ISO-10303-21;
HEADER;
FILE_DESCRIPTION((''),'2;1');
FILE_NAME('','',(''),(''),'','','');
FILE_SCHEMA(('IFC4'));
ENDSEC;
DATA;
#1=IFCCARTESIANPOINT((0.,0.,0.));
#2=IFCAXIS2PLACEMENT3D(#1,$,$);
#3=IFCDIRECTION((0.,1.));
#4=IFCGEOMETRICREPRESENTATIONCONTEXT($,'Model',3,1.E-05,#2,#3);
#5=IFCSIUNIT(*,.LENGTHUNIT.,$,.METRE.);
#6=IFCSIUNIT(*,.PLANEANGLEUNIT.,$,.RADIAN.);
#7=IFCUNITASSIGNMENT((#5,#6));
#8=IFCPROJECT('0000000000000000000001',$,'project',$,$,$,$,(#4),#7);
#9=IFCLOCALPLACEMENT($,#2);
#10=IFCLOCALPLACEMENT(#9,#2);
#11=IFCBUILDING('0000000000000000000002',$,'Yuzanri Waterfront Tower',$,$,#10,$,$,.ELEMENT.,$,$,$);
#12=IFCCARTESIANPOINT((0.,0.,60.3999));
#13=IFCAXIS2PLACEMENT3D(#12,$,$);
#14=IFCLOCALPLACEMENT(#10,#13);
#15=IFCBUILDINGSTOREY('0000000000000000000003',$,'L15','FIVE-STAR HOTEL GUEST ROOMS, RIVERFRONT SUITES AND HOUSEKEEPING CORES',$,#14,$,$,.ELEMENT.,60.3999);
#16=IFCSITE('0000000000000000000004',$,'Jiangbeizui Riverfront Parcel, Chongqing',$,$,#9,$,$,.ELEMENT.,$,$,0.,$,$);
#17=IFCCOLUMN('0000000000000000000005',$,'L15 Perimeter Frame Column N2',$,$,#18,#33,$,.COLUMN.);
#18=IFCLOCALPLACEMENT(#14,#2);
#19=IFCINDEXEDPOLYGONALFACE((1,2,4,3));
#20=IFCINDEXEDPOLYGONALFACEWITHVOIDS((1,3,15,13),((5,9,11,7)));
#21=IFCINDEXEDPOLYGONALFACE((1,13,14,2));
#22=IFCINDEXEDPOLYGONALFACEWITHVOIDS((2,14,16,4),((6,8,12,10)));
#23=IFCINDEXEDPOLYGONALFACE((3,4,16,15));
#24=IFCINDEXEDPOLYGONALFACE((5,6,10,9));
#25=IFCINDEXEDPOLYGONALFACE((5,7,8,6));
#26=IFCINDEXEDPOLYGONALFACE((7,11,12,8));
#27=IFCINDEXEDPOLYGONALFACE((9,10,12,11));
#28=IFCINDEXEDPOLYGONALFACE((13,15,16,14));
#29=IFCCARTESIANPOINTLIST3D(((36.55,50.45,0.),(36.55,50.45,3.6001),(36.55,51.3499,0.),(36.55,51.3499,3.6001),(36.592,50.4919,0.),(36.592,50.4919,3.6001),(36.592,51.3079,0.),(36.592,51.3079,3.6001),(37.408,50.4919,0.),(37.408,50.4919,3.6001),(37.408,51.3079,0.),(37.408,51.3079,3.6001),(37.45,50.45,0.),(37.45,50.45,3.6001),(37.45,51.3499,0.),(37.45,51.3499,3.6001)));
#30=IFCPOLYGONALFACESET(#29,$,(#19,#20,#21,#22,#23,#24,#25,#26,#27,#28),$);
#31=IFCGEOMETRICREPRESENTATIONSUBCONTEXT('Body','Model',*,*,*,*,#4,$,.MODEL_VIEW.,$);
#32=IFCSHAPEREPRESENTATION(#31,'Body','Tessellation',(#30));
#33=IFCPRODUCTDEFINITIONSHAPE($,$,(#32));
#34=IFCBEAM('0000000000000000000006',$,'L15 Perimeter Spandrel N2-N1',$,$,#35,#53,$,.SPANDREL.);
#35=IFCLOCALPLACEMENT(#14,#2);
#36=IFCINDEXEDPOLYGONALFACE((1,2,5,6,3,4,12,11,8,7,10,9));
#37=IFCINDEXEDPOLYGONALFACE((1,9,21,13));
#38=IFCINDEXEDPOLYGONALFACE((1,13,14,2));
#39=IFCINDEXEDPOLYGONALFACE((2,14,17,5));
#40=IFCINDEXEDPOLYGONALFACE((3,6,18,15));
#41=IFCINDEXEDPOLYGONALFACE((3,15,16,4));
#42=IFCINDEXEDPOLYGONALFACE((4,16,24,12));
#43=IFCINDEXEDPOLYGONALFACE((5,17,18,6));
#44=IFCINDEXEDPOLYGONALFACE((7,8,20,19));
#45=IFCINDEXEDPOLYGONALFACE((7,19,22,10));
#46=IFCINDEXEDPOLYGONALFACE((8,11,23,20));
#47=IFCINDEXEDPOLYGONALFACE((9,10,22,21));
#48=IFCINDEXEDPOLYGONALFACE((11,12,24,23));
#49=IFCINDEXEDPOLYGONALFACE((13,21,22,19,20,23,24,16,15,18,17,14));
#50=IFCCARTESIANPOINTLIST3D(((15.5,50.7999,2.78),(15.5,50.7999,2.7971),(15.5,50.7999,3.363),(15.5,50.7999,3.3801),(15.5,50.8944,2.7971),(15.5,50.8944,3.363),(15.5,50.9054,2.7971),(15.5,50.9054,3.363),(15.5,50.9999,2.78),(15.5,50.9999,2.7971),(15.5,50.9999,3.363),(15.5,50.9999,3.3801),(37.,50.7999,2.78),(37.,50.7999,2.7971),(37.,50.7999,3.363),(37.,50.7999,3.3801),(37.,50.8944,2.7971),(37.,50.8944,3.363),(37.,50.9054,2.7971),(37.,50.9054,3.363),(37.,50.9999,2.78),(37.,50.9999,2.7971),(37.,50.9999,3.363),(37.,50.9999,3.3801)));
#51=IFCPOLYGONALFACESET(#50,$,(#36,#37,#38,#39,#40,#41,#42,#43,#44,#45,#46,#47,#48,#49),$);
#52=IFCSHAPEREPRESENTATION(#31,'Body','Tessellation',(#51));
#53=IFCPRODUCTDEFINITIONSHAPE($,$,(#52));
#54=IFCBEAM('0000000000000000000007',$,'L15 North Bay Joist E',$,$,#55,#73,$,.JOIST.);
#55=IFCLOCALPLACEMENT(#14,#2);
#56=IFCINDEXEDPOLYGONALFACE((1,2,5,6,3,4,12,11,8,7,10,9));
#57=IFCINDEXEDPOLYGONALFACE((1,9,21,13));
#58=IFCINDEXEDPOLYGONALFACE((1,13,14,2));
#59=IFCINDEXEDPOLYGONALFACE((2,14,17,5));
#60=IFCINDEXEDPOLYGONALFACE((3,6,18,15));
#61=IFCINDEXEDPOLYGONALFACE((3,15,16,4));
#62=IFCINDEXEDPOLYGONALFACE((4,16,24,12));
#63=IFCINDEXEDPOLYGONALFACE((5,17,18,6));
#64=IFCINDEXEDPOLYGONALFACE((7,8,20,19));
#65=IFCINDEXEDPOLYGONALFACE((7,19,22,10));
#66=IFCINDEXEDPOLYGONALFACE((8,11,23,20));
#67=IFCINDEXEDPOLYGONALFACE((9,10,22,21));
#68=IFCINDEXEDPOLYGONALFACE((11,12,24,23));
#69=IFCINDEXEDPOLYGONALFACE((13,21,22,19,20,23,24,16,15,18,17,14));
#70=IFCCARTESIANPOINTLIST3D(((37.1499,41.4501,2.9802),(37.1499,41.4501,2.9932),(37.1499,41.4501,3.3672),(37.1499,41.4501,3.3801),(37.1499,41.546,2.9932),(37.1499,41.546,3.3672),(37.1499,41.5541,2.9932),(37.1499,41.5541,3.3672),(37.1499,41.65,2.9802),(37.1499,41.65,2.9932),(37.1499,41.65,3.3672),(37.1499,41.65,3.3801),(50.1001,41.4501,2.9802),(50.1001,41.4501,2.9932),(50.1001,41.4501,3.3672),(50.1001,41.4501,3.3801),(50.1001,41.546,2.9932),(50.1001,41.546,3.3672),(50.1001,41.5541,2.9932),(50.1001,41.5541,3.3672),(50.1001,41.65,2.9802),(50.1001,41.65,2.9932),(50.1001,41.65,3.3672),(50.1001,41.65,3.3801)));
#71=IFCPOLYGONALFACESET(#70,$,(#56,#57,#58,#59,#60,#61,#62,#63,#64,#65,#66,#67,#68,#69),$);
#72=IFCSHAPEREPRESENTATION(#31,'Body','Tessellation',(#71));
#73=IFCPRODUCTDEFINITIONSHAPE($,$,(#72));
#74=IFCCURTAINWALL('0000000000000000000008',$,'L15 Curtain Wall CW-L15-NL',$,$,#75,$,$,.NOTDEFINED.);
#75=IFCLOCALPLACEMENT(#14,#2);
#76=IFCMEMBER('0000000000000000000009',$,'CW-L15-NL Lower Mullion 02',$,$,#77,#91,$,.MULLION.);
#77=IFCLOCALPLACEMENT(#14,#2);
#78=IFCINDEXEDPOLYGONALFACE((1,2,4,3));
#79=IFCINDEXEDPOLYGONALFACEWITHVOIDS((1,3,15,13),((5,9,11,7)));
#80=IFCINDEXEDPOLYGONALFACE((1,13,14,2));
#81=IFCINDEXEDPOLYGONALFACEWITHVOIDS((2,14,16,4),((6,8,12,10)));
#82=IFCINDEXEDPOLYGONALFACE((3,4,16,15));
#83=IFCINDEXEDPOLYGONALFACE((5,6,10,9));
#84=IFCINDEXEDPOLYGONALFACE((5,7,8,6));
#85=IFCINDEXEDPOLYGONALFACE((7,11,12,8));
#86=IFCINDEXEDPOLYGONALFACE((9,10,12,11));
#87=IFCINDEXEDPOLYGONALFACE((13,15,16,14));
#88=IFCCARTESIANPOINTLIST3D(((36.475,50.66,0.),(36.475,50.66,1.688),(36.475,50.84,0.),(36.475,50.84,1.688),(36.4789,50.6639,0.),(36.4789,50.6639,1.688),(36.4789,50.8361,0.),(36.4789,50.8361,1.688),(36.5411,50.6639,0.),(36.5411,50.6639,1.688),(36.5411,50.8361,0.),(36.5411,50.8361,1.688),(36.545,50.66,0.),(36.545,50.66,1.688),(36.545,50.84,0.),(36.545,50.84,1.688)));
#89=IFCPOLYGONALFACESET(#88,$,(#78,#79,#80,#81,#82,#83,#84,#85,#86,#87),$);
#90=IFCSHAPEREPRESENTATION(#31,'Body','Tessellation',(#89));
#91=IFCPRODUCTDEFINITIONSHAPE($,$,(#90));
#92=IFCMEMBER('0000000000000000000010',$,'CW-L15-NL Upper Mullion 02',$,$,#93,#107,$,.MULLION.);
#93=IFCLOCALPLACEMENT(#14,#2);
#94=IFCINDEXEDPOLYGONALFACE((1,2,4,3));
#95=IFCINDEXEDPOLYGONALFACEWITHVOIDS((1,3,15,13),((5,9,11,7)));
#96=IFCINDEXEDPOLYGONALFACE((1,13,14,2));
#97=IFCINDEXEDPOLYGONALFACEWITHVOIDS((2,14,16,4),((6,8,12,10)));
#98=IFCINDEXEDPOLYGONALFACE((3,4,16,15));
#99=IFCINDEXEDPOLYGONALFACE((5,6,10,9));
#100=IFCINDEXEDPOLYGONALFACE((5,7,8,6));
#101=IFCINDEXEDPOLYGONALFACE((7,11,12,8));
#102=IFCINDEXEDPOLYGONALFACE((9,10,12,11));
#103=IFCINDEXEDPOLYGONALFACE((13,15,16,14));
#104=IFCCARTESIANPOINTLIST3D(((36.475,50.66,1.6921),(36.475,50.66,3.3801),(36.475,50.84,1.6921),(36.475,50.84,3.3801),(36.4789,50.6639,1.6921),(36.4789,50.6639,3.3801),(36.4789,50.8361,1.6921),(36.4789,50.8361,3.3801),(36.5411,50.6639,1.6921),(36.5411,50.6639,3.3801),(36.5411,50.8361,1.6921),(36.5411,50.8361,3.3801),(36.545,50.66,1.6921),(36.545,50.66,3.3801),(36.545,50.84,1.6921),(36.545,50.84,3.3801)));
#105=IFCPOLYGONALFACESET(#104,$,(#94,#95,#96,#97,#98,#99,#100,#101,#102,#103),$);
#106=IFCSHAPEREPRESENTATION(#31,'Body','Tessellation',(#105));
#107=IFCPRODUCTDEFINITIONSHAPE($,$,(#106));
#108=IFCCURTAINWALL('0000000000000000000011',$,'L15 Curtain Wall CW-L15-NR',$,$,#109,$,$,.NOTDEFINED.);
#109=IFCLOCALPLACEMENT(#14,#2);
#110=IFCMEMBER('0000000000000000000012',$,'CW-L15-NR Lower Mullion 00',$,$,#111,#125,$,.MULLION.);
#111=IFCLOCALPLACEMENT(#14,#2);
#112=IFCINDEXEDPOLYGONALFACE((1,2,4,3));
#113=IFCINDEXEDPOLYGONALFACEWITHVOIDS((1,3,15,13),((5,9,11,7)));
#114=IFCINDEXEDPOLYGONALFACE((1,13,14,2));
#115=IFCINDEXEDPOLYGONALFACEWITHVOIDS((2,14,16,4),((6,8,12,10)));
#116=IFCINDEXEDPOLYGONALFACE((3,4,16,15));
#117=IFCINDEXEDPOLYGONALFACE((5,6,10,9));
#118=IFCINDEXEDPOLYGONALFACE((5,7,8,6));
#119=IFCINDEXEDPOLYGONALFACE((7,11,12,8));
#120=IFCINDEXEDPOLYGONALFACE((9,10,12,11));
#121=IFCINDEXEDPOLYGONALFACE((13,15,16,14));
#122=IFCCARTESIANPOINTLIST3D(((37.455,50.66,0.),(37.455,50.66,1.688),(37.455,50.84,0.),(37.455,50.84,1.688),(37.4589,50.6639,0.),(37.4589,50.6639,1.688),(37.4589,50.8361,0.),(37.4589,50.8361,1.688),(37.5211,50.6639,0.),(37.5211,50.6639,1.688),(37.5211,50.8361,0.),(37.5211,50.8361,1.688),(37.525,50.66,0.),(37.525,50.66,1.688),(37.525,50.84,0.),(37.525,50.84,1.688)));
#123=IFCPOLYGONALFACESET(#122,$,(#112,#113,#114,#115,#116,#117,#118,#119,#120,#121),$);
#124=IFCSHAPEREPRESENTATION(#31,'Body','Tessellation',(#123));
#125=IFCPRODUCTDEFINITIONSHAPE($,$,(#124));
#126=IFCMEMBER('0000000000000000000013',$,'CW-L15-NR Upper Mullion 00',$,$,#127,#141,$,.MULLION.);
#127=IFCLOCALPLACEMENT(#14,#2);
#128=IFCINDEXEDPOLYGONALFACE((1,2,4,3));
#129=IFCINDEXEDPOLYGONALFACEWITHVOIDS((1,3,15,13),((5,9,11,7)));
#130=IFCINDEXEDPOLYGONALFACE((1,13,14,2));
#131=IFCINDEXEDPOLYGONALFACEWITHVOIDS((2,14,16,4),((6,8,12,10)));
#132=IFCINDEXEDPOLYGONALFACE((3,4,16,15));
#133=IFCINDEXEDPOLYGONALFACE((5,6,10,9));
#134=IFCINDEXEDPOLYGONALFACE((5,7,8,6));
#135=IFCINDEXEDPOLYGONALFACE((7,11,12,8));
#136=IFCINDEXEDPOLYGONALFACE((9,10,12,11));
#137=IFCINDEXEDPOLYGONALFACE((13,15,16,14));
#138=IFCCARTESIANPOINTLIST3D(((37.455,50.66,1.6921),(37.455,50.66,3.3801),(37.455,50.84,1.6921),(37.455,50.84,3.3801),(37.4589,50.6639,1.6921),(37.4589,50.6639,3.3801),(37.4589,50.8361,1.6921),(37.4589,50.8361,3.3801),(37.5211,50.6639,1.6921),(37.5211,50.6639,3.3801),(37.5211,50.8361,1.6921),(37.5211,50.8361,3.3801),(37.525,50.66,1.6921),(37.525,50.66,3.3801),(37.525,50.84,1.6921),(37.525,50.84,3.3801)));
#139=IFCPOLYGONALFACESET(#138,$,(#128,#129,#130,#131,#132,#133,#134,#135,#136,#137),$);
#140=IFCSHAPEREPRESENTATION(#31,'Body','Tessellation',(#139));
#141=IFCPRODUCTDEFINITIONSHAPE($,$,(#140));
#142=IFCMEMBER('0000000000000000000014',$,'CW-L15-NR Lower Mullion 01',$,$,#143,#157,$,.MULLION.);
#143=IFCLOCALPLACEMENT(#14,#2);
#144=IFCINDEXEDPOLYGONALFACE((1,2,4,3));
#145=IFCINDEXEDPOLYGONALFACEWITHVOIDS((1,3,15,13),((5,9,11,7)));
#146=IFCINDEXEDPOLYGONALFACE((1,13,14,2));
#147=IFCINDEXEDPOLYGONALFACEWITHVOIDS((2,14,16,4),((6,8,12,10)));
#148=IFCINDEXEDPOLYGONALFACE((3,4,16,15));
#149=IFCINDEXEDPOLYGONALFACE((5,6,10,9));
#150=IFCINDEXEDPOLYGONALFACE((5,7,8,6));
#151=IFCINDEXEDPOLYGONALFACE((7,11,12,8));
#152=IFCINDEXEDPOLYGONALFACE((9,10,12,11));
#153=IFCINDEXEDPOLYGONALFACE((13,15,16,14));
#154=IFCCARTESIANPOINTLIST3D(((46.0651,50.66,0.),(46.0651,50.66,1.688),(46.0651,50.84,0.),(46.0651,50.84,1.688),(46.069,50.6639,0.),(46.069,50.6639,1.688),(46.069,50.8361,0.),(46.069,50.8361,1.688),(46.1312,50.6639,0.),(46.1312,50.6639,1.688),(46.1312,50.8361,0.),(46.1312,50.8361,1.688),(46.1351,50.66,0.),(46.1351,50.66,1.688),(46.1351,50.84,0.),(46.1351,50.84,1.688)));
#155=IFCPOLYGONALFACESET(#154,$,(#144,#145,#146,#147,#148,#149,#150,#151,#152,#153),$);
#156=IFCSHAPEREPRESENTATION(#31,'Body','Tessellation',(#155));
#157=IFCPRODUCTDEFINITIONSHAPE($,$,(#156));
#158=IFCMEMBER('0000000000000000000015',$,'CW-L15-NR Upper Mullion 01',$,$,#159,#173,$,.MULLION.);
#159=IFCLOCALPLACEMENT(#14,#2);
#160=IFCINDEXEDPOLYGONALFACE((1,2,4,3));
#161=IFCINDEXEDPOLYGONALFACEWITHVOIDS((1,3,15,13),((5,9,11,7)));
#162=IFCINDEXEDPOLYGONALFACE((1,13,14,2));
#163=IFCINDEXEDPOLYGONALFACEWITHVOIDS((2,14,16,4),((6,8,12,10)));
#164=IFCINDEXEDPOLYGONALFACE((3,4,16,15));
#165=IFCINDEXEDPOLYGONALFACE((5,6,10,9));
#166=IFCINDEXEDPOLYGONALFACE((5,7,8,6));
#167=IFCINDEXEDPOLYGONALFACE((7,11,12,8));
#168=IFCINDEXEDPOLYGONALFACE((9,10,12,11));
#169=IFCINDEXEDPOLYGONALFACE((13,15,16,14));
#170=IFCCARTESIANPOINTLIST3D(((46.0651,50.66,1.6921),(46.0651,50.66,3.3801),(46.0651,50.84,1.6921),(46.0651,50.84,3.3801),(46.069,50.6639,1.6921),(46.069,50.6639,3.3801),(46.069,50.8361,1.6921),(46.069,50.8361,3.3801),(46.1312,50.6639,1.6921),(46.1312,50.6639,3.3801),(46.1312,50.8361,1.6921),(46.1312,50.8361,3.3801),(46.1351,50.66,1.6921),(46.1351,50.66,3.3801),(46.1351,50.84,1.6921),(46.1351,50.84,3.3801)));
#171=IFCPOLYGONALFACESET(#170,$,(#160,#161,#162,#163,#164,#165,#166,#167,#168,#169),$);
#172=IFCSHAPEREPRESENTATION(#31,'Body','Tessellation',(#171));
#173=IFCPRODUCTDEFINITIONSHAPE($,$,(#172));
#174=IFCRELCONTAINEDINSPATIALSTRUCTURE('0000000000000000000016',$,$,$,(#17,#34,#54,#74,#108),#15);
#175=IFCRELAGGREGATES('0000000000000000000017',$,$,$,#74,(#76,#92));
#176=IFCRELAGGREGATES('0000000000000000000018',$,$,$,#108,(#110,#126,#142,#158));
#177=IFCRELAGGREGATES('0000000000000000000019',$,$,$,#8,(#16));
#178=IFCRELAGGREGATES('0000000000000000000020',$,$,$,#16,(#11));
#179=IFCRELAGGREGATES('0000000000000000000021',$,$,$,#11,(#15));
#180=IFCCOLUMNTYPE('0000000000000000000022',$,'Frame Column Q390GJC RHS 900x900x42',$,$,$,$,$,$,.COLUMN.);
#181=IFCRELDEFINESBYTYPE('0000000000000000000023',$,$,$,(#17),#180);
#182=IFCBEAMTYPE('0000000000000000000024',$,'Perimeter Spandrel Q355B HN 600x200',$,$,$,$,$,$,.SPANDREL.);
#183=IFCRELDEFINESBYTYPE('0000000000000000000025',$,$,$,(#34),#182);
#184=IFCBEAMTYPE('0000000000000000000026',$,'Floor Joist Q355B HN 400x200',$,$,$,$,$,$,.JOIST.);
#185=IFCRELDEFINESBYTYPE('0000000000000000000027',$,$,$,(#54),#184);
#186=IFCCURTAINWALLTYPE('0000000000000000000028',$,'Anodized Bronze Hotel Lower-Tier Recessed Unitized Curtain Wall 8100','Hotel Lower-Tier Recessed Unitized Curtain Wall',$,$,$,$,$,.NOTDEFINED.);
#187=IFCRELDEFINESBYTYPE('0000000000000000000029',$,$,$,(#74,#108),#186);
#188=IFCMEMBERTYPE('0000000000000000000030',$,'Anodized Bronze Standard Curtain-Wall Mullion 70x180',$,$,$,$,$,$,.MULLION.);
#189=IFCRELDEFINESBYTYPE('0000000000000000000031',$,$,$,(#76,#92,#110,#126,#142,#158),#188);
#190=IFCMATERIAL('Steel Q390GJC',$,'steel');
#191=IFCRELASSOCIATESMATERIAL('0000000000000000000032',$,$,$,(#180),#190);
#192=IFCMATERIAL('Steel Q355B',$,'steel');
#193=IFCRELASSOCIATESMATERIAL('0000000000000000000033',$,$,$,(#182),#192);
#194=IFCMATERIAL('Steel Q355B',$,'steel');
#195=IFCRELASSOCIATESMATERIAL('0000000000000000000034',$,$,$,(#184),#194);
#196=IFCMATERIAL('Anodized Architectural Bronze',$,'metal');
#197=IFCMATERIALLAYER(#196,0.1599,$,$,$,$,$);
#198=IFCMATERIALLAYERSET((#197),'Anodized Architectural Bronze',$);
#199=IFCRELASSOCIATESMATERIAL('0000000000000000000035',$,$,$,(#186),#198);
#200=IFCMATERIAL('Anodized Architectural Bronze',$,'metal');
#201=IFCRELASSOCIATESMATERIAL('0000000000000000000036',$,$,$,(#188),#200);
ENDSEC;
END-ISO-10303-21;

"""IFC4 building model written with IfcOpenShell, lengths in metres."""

from ifc_helpers import new_model, si_unit, direction, frame, origin, origin_2d, place, context, subcontext, project, spatial, hollow_rectangle, i_section, extrude, source, transform, mapped, material, layer, layer_set, material_profile, profile_set, type_object, element, aggregate, save


model = new_model("IFC4")

# Units and contexts
model_context = context("Model", 3, precision=1e-05, world=origin(), true_north=direction((0.0, 1.0)))
body_context = subcontext(model_context, "Body", "Model", "MODEL_VIEW")
ifc_project = project(units=[si_unit("LENGTHUNIT", "METRE"), si_unit("PLANEANGLEUNIT", "RADIAN")], contexts=[model_context])

# Site, building, storey
site_placement = place(None, origin())
site = spatial("IfcSite", under=ifc_project, at=site_placement, Name="Jiangbeizui Riverfront Parcel, Chongqing", CompositionType="ELEMENT", RefElevation=0.0)
building_placement = place(site_placement, origin())
building = spatial("IfcBuilding", under=site, at=building_placement, Name="Yuzanri Waterfront Tower", CompositionType="ELEMENT")
storey_placement = place(building_placement, frame((0.0, 0.0, 60.3999)))
storey = spatial("IfcBuildingStorey", under=building, at=storey_placement, Name="L15", Description="FIVE-STAR HOTEL GUEST ROOMS, RIVERFRONT SUITES AND HOUSEKEEPING CORES", CompositionType="ELEMENT", Elevation=60.3999)

# Column
ifc_material_1 = material(Name="Steel Q390GJC", Category="steel")
ifc_material_profile_1 = material_profile(ifc_material_1, hollow_rectangle(XDim=0.8999, YDim=0.8999, WallThickness=0.042, at=origin_2d()), Name="RHS 900x900x42")
ifc_profile_set_1 = profile_set([ifc_material_profile_1], Name="Steel Q390GJC")
column_type = type_object("IfcColumnType", Name="Frame Column Q390GJC RHS 900x900x42", PredefinedType="COLUMN", material=ifc_profile_set_1)
shared_shape_1 = source(origin(), body_context, "Body", "SweptSolid", [
    extrude(hollow_rectangle(XDim=0.8999, YDim=0.8999, WallThickness=0.042, at=origin_2d()), origin(), (0.0, 0.0, 1.0), 3.6001),
])
column_placement = place(storey_placement, frame((37.0, 50.8999, 0.0), z_axis=(0.0, 0.0, 1.0), x_axis=(1.0, 0.0, 0.0)))
element("IfcColumn", 1, at=column_placement, inside=storey, type_object=column_type, Name="L15 Perimeter Frame Column N2", PredefinedType="COLUMN", context=body_context, shape_type="MappedRepresentation", body=[
    mapped(shared_shape_1, transform((0.0, 0.0, 0.0), scale=1.0)),
])

# Beams
ifc_material_2 = material(Name="Steel Q355B", Category="steel")
ifc_material_profile_2 = material_profile(ifc_material_2, i_section(OverallWidth=0.2, OverallDepth=0.6001, WebThickness=0.011, FlangeThickness=0.0171, at=origin_2d()), Name="HN 600x200x11x17")
ifc_profile_set_2 = profile_set([ifc_material_profile_2], Name="Steel Q355B")
beam_type_1 = type_object("IfcBeamType", Name="Perimeter Spandrel Q355B HN 600x200", PredefinedType="SPANDREL", material=ifc_profile_set_2)
shared_shape_2 = source(origin(), body_context, "Body", "SweptSolid", [
    extrude(i_section(OverallWidth=0.2, OverallDepth=0.6001, WebThickness=0.011, FlangeThickness=0.0171, at=origin_2d()), origin(), (0.0, 0.0, 1.0), 21.5),
])
beam_1_placement = place(storey_placement, frame((37.0, 50.8999, 3.0801), z_axis=(-1.0, 0.0, 0.0), x_axis=(0.0, -1.0, 0.0)))
element("IfcBeam", 2, at=beam_1_placement, inside=storey, type_object=beam_type_1, Name="L15 Perimeter Spandrel N2-N1", PredefinedType="SPANDREL", context=body_context, shape_type="MappedRepresentation", body=[
    mapped(shared_shape_2, transform((0.0, 0.0, 0.0), scale=1.0)),
])
ifc_material_3 = material(Name="Steel Q355B", Category="steel")
ifc_material_profile_3 = material_profile(ifc_material_3, i_section(OverallWidth=0.2, OverallDepth=0.3999, WebThickness=0.0081, FlangeThickness=0.0129, at=origin_2d()), Name="HN 400x200x8x13")
ifc_profile_set_3 = profile_set([ifc_material_profile_3], Name="Steel Q355B")
beam_type_2 = type_object("IfcBeamType", Name="Floor Joist Q355B HN 400x200", PredefinedType="JOIST", material=ifc_profile_set_3)
shared_shape_3 = source(origin(), body_context, "Body", "SweptSolid", [
    extrude(i_section(OverallWidth=0.2, OverallDepth=0.3999, WebThickness=0.0081, FlangeThickness=0.0129, at=origin_2d()), origin(), (0.0, 0.0, 1.0), 12.9502),
])
beam_2_placement = place(storey_placement, frame((37.1499, 41.55, 3.1802), z_axis=(1.0, 0.0, 0.0), x_axis=(0.0, 1.0, 0.0)))
element("IfcBeam", 3, at=beam_2_placement, inside=storey, type_object=beam_type_2, Name="L15 North Bay Joist E", PredefinedType="JOIST", context=body_context, shape_type="MappedRepresentation", body=[
    mapped(shared_shape_3, transform((0.0, 0.0, 0.0), scale=1.0)),
])

# Curtain wall, members
ifc_material_4 = material(Name="Anodized Architectural Bronze", Category="metal")
ifc_layer_1 = layer(ifc_material_4, 0.1599)
ifc_layer_set_1 = layer_set([ifc_layer_1], Name="Anodized Architectural Bronze")
curtain_wall_type = type_object("IfcCurtainWallType", Name="Anodized Bronze Hotel Lower-Tier Recessed Unitized Curtain Wall 8100", Description="Hotel Lower-Tier Recessed Unitized Curtain Wall", PredefinedType="NOTDEFINED", material=ifc_layer_set_1)
curtain_wall_1_placement = place(storey_placement, origin())
curtain_wall_1 = element("IfcCurtainWall", 4, at=curtain_wall_1_placement, inside=storey, type_object=curtain_wall_type, Name="L15 Curtain Wall CW-L15-NL", PredefinedType="NOTDEFINED")
ifc_material_5 = material(Name="Anodized Architectural Bronze", Category="metal")
ifc_material_profile_4 = material_profile(ifc_material_5, hollow_rectangle(XDim=0.0701, YDim=0.1799, WallThickness=0.0039, at=origin_2d()), Name="CWM 70x180")
ifc_profile_set_4 = profile_set([ifc_material_profile_4], Name="Anodized Architectural Bronze")
member_type_1 = type_object("IfcMemberType", Name="Anodized Bronze Standard Curtain-Wall Mullion 70x180", PredefinedType="MULLION", material=ifc_profile_set_4)
shared_shape_4 = source(origin(), body_context, "Body", "SweptSolid", [
    extrude(hollow_rectangle(XDim=0.0701, YDim=0.1799, WallThickness=0.0039, at=origin_2d()), origin(), (0.0, 0.0, 1.0), 1.688),
])
member_1_placement = place(storey_placement, frame((36.51, 50.75, 0.0), z_axis=(0.0, 0.0, 1.0), x_axis=(1.0, 0.0, 0.0)))
member_1 = element("IfcMember", 5, at=member_1_placement, type_object=member_type_1, Name="CW-L15-NL Lower Mullion 02", PredefinedType="MULLION", context=body_context, shape_type="MappedRepresentation", body=[
    mapped(shared_shape_4, transform((0.0, 0.0, 0.0), scale=1.0)),
])
member_2_placement = place(storey_placement, frame((36.51, 50.75, 1.6921), z_axis=(0.0, 0.0, 1.0), x_axis=(1.0, 0.0, 0.0)))
member_2 = element("IfcMember", 6, at=member_2_placement, type_object=member_type_1, Name="CW-L15-NL Upper Mullion 02", PredefinedType="MULLION", context=body_context, shape_type="MappedRepresentation", body=[
    mapped(shared_shape_4, transform((0.0, 0.0, 0.0), scale=1.0)),
])
aggregate(curtain_wall_1, [member_1, member_2])

# Curtain wall, members
curtain_wall_2_placement = place(storey_placement, origin())
curtain_wall_2 = element("IfcCurtainWall", 7, at=curtain_wall_2_placement, inside=storey, type_object=curtain_wall_type, Name="L15 Curtain Wall CW-L15-NR", PredefinedType="NOTDEFINED")
member_3_placement = place(storey_placement, frame((37.49, 50.75, 0.0), z_axis=(0.0, 0.0, 1.0), x_axis=(1.0, 0.0, 0.0)))
member_3 = element("IfcMember", 8, at=member_3_placement, type_object=member_type_1, Name="CW-L15-NR Lower Mullion 00", PredefinedType="MULLION", context=body_context, shape_type="MappedRepresentation", body=[
    mapped(shared_shape_4, transform((0.0, 0.0, 0.0), scale=1.0)),
])
member_4_placement = place(storey_placement, frame((37.49, 50.75, 1.6921), z_axis=(0.0, 0.0, 1.0), x_axis=(1.0, 0.0, 0.0)))
member_4 = element("IfcMember", 9, at=member_4_placement, type_object=member_type_1, Name="CW-L15-NR Upper Mullion 00", PredefinedType="MULLION", context=body_context, shape_type="MappedRepresentation", body=[
    mapped(shared_shape_4, transform((0.0, 0.0, 0.0), scale=1.0)),
])
member_5_placement = place(storey_placement, frame((46.1001, 50.75, 0.0), z_axis=(0.0, 0.0, 1.0), x_axis=(1.0, 0.0, 0.0)))
member_5 = element("IfcMember", 10, at=member_5_placement, type_object=member_type_1, Name="CW-L15-NR Lower Mullion 01", PredefinedType="MULLION", context=body_context, shape_type="MappedRepresentation", body=[
    mapped(shared_shape_4, transform((0.0, 0.0, 0.0), scale=1.0)),
])
member_6_placement = place(storey_placement, frame((46.1001, 50.75, 1.6921), z_axis=(0.0, 0.0, 1.0), x_axis=(1.0, 0.0, 0.0)))
member_6 = element("IfcMember", 11, at=member_6_placement, type_object=member_type_1, Name="CW-L15-NR Upper Mullion 01", PredefinedType="MULLION", context=body_context, shape_type="MappedRepresentation", body=[
    mapped(shared_shape_4, transform((0.0, 0.0, 0.0), scale=1.0)),
])
aggregate(curtain_wall_2, [member_3, member_4, member_5, member_6])

save(model, "model.ifc")
